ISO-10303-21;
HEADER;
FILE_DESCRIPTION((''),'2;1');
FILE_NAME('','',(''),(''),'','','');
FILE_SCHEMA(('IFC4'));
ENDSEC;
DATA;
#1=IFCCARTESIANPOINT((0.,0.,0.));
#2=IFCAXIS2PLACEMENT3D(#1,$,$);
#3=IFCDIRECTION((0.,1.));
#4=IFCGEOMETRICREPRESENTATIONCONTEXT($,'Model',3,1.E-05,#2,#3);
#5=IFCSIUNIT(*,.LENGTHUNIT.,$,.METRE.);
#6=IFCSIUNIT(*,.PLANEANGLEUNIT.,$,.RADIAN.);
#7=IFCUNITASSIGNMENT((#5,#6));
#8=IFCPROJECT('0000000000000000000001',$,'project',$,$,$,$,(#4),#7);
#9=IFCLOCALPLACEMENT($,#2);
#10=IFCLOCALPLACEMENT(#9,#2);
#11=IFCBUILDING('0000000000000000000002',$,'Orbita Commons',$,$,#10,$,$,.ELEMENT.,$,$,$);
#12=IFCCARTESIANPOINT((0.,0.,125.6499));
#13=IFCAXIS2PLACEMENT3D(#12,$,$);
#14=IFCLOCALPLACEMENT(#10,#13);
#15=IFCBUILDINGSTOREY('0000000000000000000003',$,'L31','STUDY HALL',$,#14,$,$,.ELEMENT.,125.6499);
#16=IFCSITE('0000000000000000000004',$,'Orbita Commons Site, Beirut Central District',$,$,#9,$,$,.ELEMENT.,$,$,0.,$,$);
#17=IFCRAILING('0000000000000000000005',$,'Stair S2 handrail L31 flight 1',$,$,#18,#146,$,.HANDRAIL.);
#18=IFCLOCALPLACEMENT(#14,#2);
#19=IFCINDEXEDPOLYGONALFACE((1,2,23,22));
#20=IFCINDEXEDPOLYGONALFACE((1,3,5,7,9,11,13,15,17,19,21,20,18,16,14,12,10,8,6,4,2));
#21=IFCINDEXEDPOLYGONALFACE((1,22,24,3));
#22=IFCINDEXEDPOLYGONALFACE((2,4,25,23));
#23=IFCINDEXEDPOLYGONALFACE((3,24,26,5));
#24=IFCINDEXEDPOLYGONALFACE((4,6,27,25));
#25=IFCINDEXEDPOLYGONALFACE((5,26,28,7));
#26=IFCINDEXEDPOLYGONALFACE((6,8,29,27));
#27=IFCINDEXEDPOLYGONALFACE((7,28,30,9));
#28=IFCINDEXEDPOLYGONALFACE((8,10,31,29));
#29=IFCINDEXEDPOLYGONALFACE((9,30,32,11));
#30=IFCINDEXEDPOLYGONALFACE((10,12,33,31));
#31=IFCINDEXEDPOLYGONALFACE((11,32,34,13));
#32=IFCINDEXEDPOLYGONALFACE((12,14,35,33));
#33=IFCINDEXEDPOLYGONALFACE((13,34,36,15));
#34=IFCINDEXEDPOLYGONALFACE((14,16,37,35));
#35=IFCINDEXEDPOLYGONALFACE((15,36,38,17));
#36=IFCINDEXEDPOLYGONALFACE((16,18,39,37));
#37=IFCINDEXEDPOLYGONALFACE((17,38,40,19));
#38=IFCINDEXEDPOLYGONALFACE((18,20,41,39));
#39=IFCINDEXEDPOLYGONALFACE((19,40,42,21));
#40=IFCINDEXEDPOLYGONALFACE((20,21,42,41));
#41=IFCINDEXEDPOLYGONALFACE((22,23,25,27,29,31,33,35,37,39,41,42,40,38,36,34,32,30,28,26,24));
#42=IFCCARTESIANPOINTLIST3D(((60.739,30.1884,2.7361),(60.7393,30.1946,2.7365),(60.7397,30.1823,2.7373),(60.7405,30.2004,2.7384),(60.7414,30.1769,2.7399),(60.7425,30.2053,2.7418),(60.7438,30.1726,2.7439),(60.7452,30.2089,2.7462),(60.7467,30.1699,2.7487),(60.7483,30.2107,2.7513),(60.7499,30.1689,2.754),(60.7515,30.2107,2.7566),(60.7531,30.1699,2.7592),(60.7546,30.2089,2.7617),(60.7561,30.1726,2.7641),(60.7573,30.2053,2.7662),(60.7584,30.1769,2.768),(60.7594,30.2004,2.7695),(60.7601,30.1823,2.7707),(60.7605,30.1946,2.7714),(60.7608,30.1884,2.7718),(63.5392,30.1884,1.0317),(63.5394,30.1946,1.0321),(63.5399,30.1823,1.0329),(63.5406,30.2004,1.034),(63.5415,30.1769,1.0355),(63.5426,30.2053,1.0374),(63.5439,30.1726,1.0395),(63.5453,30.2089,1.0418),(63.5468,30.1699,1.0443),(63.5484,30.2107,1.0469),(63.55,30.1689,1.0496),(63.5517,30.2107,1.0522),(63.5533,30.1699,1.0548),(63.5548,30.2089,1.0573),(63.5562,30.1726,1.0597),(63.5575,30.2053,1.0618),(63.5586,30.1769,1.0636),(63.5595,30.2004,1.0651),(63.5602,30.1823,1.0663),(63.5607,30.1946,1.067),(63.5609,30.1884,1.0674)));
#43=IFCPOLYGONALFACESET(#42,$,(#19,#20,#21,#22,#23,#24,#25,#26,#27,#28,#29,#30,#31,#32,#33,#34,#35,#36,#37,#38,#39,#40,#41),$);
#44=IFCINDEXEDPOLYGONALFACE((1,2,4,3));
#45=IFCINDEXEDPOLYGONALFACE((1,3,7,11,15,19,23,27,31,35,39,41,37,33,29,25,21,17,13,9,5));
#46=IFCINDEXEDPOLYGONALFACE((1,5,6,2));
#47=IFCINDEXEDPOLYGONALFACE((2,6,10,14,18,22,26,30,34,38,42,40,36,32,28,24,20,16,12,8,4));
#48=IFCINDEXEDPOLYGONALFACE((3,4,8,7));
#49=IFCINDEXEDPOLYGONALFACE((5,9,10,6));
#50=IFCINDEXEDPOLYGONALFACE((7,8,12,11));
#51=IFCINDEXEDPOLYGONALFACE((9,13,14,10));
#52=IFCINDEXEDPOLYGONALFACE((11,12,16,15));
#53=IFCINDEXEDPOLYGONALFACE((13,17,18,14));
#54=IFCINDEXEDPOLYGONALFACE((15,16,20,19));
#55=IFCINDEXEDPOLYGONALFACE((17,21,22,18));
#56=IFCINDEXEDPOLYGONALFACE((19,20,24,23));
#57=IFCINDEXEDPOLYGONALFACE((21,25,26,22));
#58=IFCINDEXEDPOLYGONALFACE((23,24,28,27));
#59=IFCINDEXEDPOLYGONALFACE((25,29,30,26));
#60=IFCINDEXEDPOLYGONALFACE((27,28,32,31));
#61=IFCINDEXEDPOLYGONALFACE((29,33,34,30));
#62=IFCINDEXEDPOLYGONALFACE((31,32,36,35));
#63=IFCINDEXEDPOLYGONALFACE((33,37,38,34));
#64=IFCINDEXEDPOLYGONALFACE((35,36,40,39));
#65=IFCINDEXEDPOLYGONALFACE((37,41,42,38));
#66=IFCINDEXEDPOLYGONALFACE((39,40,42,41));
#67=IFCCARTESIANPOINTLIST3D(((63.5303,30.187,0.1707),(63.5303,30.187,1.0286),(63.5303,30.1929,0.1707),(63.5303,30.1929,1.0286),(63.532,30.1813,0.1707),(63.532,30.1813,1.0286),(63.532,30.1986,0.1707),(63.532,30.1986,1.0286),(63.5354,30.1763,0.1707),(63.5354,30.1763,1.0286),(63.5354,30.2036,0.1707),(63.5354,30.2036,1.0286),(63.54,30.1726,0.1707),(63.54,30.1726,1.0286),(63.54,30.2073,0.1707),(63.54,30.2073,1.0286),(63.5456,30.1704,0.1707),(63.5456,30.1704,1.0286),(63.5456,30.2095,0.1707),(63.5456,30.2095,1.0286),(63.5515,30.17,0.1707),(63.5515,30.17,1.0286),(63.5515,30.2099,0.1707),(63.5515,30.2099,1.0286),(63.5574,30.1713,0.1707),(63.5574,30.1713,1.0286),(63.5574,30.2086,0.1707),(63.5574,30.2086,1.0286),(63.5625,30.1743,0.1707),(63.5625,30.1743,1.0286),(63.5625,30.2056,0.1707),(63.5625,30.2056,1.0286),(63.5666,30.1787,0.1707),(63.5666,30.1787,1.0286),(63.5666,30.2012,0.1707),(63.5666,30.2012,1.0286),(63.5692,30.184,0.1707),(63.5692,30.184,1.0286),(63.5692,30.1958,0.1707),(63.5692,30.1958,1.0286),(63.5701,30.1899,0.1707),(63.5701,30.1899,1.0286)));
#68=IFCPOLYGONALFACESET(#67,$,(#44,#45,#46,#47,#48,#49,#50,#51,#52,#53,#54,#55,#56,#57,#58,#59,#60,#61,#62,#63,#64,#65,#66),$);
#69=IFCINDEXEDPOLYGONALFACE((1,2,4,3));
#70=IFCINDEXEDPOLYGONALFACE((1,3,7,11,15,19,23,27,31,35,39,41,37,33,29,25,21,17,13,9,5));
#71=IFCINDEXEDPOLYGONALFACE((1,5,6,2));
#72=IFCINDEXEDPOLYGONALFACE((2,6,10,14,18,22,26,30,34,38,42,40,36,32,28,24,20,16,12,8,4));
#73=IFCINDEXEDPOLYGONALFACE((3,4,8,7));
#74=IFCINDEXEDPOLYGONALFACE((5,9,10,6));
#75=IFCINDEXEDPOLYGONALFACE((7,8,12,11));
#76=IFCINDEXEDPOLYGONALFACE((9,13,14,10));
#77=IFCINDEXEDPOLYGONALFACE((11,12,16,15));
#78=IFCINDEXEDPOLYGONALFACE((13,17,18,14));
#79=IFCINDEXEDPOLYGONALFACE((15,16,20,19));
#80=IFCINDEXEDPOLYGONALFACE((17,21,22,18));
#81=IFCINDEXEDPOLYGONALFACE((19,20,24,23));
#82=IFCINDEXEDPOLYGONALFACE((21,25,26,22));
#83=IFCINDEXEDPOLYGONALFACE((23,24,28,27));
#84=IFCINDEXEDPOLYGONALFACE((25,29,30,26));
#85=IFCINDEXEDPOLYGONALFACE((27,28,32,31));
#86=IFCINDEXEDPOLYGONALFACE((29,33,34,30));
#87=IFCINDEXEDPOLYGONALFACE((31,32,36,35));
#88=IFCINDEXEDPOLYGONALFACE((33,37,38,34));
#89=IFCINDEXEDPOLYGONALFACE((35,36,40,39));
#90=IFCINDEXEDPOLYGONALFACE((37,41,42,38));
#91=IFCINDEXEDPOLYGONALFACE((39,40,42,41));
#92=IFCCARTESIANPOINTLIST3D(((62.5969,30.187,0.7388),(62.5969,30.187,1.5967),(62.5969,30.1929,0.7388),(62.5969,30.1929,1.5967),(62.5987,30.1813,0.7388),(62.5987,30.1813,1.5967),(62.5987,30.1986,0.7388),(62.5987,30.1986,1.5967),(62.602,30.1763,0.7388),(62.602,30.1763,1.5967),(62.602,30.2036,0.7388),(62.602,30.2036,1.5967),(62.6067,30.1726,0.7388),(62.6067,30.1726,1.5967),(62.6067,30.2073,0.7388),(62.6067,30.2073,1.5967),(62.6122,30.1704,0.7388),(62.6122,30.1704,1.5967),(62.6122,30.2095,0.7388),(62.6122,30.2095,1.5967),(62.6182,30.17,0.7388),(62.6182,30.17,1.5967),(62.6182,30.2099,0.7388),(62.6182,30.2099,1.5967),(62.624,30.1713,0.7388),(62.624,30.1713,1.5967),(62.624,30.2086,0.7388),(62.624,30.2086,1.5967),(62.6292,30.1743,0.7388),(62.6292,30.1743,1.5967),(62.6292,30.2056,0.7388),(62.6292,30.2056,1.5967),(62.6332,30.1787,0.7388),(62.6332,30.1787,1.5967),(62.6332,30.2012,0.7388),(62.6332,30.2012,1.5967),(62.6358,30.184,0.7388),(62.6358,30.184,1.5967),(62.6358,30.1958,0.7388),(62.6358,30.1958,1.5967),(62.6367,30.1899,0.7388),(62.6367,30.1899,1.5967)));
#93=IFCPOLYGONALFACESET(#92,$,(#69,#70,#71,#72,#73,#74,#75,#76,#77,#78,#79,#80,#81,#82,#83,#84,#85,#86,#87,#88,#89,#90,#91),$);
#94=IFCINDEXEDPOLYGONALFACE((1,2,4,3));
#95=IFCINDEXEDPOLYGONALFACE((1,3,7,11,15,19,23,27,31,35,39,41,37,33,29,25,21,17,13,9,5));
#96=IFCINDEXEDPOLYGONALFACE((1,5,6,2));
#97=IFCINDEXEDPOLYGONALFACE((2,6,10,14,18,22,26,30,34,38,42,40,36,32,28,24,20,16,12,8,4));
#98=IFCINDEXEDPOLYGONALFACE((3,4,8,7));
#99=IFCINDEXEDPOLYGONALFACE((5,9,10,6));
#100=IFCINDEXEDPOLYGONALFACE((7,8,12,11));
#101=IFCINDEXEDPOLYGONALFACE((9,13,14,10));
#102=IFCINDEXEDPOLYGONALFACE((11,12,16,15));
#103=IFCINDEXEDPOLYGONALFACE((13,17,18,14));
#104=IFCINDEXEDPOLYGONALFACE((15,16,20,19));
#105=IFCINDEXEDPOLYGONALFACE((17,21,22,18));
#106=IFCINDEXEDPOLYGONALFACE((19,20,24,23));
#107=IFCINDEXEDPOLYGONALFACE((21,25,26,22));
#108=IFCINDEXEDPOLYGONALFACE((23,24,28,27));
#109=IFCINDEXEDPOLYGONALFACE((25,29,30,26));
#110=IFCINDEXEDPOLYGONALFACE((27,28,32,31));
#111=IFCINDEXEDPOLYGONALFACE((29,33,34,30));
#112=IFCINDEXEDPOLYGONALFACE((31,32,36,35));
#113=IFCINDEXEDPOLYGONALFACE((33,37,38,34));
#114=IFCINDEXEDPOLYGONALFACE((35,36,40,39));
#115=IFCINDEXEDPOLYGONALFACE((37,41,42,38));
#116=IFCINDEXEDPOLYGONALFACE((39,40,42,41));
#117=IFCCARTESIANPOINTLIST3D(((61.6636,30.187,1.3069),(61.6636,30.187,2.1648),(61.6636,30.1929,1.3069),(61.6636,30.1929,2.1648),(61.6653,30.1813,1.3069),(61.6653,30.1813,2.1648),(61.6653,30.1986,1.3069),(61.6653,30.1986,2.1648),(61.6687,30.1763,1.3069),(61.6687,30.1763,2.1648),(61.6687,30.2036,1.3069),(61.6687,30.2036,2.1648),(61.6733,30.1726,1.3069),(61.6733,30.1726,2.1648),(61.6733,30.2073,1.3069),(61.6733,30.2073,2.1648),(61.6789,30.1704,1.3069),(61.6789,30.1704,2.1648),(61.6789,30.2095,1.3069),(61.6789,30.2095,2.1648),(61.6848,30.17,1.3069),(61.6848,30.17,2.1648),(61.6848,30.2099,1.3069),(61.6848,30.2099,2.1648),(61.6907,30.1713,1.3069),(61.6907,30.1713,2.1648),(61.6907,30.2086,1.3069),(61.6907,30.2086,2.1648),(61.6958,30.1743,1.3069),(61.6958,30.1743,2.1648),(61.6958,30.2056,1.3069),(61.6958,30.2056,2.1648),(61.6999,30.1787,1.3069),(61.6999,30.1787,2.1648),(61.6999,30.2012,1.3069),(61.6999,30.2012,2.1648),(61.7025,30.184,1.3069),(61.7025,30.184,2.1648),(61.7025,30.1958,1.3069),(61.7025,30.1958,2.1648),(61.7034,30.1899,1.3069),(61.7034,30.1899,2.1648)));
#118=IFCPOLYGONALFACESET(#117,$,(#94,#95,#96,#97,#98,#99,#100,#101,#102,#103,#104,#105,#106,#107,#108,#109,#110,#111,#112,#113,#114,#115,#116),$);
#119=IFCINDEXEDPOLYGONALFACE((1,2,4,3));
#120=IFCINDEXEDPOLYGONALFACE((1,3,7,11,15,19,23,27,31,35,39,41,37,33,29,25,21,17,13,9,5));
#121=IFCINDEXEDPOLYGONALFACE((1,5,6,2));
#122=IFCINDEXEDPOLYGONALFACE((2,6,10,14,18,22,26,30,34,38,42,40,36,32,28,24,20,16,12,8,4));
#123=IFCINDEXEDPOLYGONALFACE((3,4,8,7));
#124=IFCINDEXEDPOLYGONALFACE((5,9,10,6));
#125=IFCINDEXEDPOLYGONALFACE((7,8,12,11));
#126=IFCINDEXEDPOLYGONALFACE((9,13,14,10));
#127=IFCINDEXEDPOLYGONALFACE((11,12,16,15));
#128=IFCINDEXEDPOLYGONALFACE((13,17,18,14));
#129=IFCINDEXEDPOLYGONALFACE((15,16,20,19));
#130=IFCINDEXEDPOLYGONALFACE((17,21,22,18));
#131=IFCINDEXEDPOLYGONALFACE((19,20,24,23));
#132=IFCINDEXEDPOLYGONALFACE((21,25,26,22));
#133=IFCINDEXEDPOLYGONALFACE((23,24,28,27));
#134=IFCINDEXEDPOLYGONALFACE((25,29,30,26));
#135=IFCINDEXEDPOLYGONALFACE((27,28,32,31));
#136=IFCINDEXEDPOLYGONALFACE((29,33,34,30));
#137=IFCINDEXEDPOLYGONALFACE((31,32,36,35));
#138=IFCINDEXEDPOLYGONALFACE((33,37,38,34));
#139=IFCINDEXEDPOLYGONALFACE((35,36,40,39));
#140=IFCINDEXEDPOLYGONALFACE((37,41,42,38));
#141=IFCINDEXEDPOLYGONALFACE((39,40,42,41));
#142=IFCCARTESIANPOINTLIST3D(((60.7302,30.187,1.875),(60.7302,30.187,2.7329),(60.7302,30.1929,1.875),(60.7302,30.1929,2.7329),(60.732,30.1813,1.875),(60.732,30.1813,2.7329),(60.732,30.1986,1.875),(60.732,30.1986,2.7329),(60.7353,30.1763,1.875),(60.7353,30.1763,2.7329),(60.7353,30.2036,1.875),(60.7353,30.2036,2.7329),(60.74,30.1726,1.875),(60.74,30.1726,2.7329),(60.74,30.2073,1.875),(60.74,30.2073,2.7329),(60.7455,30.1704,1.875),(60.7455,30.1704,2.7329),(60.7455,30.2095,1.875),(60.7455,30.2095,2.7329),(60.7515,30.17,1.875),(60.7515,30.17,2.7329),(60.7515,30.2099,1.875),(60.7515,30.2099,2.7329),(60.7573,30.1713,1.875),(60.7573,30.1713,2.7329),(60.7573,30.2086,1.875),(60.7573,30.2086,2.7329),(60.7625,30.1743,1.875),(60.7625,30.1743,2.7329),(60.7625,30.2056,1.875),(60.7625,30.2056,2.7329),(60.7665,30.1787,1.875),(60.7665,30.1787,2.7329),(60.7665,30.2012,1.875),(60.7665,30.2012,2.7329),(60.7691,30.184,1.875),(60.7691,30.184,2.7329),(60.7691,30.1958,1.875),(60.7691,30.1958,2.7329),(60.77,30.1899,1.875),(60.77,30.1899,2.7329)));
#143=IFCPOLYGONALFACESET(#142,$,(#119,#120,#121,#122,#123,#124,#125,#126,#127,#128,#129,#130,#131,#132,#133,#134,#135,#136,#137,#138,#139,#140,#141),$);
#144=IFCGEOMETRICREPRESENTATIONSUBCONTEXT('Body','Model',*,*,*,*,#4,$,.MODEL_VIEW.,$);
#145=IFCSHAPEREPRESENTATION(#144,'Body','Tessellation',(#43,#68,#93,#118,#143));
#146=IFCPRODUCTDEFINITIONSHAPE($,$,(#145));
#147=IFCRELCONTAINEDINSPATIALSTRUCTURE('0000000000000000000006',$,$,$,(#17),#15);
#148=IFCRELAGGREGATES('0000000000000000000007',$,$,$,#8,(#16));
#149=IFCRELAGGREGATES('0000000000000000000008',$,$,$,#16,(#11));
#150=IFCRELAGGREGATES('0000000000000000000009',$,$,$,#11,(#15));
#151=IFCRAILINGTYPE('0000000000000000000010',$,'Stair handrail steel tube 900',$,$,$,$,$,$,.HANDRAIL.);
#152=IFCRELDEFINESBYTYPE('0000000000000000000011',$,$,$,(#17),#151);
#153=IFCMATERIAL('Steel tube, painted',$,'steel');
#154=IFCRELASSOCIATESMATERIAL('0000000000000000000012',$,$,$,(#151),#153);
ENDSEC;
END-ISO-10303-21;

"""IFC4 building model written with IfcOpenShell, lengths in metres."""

from ifc_helpers import new_model, si_unit, direction, frame, origin, origin_2d, place, context, subcontext, project, spatial, circle, extrude, material, type_object, element, save


model = new_model("IFC4")

# Units and contexts
model_context = context("Model", 3, precision=1e-05, world=origin(), true_north=direction((0.0, 1.0)))
body_context = subcontext(model_context, "Body", "Model", "MODEL_VIEW")
ifc_project = project(units=[si_unit("LENGTHUNIT", "METRE"), si_unit("PLANEANGLEUNIT", "RADIAN")], contexts=[model_context])

# Site, building, storey
site_placement = place(None, origin())
site = spatial("IfcSite", under=ifc_project, at=site_placement, Name="Orbita Commons Site, Beirut Central District", CompositionType="ELEMENT", RefElevation=0.0)
building_placement = place(site_placement, origin())
building = spatial("IfcBuilding", under=site, at=building_placement, Name="Orbita Commons", CompositionType="ELEMENT")
storey_placement = place(building_placement, frame((0.0, 0.0, 125.6499)))
storey = spatial("IfcBuildingStorey", under=building, at=storey_placement, Name="L31", Description="STUDY HALL", CompositionType="ELEMENT", Elevation=125.6499)

# Railing
ifc_material_1 = material(Name="Steel tube, painted", Category="steel")
railing_type = type_object("IfcRailingType", Name="Stair handrail steel tube 900", PredefinedType="HANDRAIL", material=ifc_material_1)
railing_placement = place(storey_placement, frame((63.55, 30.1899, 0.1707)))
element("IfcRailing", 1, at=railing_placement, inside=storey, type_object=railing_type, Name="Stair S2 handrail L31 flight 1", PredefinedType="HANDRAIL", context=body_context, shape_type="SweptSolid", body=[
    extrude(circle(Radius=0.021, at=origin_2d()), frame((0.0, 0.0, 0.8789), z_axis=(-0.854203, 0.0, 0.51994), x_axis=(0.0, -1.0, 0.0)), (0.0, 0.0, 1.0), 3.2781),
    extrude(circle(Radius=0.02, at=origin_2d()), origin(), (0.0, 0.0, 1.0), 0.8579),
    extrude(circle(Radius=0.02, at=origin_2d()), frame((-0.9333, 0.0, 0.5681)), (0.0, 0.0, 1.0), 0.8579),
    extrude(circle(Radius=0.02, at=origin_2d()), frame((-1.8667, 0.0, 1.1362)), (0.0, 0.0, 1.0), 0.8579),
    extrude(circle(Radius=0.02, at=origin_2d()), frame((-2.8, 0.0, 1.7043)), (0.0, 0.0, 1.0), 0.8579),
])

save(model, "model.ifc")
